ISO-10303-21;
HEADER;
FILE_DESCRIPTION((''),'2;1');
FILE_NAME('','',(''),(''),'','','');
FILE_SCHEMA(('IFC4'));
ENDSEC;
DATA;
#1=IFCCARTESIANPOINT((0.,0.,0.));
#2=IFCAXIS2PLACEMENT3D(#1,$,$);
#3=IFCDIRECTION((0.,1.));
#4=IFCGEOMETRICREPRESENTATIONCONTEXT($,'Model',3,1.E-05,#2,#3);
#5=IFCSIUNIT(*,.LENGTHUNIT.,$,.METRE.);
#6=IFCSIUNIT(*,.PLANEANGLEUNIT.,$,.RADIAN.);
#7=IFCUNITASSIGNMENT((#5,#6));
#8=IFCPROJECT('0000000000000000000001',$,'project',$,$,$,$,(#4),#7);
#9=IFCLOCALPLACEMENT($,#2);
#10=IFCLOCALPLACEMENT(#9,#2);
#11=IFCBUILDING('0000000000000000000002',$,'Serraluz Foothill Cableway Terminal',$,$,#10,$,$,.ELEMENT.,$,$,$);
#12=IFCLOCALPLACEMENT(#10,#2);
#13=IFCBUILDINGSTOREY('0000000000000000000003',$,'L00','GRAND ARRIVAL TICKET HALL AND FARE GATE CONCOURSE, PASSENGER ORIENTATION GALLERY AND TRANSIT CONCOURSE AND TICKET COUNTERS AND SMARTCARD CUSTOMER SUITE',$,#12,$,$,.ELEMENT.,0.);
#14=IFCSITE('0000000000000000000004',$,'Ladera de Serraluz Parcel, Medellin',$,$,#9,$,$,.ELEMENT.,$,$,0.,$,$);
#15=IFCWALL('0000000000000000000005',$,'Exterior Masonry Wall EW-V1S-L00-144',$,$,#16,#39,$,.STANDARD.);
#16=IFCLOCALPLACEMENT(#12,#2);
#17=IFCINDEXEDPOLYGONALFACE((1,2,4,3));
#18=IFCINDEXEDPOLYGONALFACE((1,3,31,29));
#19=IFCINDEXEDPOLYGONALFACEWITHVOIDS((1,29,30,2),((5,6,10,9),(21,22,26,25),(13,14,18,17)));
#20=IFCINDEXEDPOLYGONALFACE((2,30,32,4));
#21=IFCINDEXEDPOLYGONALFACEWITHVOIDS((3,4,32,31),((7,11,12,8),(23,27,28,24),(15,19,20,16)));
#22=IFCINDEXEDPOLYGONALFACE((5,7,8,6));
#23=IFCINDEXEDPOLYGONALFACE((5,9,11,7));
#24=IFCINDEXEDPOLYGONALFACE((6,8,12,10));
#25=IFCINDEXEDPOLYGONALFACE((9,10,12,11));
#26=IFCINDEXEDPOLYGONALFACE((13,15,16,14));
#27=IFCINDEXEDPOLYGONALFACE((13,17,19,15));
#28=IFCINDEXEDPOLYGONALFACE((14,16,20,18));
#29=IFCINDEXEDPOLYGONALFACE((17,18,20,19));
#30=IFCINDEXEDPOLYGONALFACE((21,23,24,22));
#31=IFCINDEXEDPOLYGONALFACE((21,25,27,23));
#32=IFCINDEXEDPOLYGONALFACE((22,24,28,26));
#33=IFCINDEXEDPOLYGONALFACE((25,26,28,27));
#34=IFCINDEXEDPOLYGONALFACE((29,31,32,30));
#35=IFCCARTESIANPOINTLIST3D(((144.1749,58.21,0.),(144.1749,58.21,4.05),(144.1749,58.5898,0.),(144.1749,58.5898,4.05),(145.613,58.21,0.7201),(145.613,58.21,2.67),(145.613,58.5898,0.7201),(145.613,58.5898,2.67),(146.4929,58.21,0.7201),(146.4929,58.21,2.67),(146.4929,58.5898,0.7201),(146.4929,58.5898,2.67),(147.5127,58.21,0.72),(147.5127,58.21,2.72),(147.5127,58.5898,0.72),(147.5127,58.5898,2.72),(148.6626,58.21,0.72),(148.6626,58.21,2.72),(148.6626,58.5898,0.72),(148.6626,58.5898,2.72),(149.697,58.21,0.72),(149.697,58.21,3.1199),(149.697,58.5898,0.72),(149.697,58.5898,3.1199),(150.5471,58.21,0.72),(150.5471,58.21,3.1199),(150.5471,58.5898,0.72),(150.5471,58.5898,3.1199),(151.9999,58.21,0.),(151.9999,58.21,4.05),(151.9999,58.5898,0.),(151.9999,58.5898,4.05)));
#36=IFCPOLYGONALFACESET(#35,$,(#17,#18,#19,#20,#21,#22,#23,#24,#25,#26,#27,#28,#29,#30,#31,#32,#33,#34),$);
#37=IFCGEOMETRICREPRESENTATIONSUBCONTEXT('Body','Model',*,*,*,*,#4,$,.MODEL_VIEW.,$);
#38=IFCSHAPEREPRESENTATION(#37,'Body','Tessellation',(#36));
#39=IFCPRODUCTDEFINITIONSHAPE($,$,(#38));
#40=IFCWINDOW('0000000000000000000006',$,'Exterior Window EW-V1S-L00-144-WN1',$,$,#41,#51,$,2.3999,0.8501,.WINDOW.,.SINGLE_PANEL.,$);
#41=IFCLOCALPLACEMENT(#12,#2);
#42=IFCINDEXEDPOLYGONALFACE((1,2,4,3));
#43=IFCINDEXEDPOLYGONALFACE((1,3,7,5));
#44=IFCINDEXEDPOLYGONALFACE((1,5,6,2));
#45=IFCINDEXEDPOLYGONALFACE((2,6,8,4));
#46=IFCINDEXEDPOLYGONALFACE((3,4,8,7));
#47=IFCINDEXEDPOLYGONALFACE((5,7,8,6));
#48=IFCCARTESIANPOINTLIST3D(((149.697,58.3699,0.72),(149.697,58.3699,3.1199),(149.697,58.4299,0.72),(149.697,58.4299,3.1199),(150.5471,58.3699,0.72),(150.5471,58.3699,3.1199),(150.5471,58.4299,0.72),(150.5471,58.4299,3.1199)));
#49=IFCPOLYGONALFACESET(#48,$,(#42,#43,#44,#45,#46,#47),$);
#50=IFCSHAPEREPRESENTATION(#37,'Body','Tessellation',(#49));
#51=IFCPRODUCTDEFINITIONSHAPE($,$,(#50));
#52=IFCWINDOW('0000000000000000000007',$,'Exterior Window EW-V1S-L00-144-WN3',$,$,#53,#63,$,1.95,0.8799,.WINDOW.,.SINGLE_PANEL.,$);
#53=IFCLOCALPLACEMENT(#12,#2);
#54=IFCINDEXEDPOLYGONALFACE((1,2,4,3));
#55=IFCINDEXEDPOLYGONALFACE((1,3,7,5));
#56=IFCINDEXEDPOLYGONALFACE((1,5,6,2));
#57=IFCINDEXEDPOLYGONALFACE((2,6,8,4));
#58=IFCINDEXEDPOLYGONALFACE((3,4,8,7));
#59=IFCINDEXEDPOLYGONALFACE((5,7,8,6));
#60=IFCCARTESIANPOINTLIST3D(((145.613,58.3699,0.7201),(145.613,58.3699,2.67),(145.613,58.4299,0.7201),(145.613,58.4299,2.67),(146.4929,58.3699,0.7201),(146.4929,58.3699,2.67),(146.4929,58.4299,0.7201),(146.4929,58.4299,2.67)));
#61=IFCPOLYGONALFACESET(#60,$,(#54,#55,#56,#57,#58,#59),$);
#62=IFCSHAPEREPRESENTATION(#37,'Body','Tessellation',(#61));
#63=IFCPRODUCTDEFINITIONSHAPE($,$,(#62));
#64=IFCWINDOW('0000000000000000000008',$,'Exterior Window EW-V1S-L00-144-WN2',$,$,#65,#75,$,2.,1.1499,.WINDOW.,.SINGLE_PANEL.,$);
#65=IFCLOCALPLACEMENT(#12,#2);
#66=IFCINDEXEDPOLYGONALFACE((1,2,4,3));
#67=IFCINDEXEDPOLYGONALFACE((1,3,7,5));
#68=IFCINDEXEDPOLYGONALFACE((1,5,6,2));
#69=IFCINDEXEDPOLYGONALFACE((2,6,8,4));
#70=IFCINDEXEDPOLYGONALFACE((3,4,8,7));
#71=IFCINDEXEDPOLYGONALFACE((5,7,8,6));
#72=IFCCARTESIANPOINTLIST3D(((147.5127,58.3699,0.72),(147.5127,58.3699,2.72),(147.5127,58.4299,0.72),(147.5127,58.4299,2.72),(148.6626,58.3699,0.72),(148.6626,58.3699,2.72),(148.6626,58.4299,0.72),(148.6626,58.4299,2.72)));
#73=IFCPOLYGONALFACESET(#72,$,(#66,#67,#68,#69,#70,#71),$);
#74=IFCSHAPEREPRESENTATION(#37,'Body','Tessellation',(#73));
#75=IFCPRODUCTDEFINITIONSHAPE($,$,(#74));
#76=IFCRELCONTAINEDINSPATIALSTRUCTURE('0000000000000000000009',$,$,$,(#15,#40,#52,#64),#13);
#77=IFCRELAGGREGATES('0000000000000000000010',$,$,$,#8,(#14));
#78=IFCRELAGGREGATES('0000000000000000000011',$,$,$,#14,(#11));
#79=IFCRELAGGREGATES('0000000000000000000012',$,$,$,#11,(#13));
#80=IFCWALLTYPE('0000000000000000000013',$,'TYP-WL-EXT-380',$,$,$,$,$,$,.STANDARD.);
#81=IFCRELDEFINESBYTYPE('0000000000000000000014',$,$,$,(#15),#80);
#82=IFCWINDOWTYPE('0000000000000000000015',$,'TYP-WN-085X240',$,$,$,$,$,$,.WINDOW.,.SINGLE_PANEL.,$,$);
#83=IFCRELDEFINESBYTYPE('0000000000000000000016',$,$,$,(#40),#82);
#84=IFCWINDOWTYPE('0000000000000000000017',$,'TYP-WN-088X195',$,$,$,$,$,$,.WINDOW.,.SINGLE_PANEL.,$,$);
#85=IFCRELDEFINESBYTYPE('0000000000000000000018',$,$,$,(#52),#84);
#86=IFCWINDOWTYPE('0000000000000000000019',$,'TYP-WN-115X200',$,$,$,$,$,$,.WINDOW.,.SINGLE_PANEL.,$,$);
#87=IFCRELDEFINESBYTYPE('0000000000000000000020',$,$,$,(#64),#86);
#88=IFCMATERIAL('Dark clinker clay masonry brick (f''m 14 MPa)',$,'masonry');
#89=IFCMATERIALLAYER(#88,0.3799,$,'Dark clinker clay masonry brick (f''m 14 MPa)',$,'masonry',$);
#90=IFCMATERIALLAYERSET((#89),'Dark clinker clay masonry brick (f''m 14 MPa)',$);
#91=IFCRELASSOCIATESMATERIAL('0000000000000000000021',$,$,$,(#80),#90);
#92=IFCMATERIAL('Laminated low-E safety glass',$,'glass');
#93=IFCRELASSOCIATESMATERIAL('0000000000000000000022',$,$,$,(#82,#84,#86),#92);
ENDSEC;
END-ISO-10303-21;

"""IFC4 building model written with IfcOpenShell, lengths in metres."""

from ifc_helpers import new_model, si_unit, direction, frame, frame_2d, origin, place, context, subcontext, project, spatial, rectangle, extrude, material, layer, layer_set, type_object, element, fill, save


model = new_model("IFC4")

# Units and contexts
model_context = context("Model", 3, precision=1e-05, world=origin(), true_north=direction((0.0, 1.0)))
body_context = subcontext(model_context, "Body", "Model", "MODEL_VIEW")
ifc_project = project(units=[si_unit("LENGTHUNIT", "METRE"), si_unit("PLANEANGLEUNIT", "RADIAN")], contexts=[model_context])

# Site, building, storey
site_placement = place(None, origin())
site = spatial("IfcSite", under=ifc_project, at=site_placement, Name="Ladera de Serraluz Parcel, Medellin", CompositionType="ELEMENT", RefElevation=0.0)
building_placement = place(site_placement, origin())
building = spatial("IfcBuilding", under=site, at=building_placement, Name="Serraluz Foothill Cableway Terminal", CompositionType="ELEMENT")
storey_placement = place(building_placement, origin())
storey = spatial("IfcBuildingStorey", under=building, at=storey_placement, Name="L00", Description="GRAND ARRIVAL TICKET HALL AND FARE GATE CONCOURSE, PASSENGER ORIENTATION GALLERY AND TRANSIT CONCOURSE AND TICKET COUNTERS AND SMARTCARD CUSTOMER SUITE", CompositionType="ELEMENT", Elevation=0.0)

# Shared definitions
ifc_material_1 = material(Name="Dark clinker clay masonry brick (f'm 14 MPa)", Category="masonry")

# Wall, openings, windows
ifc_layer = layer(ifc_material_1, 0.3799, Name="Dark clinker clay masonry brick (f'm 14 MPa)", Category="masonry")
ifc_layer_set = layer_set([ifc_layer], Name="Dark clinker clay masonry brick (f'm 14 MPa)")
wall_type = type_object("IfcWallType", Name="TYP-WL-EXT-380", PredefinedType="STANDARD", material=ifc_layer_set)
wall_placement = place(storey_placement, frame((152.0, 58.3999, 0.0), z_axis=(0.0, 0.0, 1.0), x_axis=(-1.0, 0.0, 0.0)))
wall = element("IfcWall", 1, at=wall_placement, inside=storey, type_object=wall_type, Name="Exterior Masonry Wall EW-V1S-L00-144", PredefinedType="STANDARD", context=body_context, shape_type="SweptSolid", body=[
    extrude(rectangle(XDim=7.825, YDim=0.3799, at=frame_2d((3.9126, 0.0))), origin(), (0.0, 0.0, 1.0), 4.05),
])
opening_1_placement = place(wall_placement, frame((1.4529, 0.0, 0.72)))
opening_1 = element("IfcOpeningElement", 2, at=opening_1_placement, cuts=wall, PredefinedType="OPENING", context=body_context, shape_type="SweptSolid", body=[
    extrude(rectangle(XDim=0.8501, YDim=2.3999, at=frame_2d((0.425, 1.2))), frame((0.0, 0.2, 0.0), z_axis=(0.0, -1.0, 0.0), x_axis=(1.0, 0.0, 0.0)), (0.0, 0.0, 1.0), 0.3999),
])
opening_2_placement = place(wall_placement, frame((3.3374, 0.0, 0.72)))
opening_2 = element("IfcOpeningElement", 3, at=opening_2_placement, cuts=wall, PredefinedType="OPENING", context=body_context, shape_type="SweptSolid", body=[
    extrude(rectangle(XDim=1.1499, YDim=2.0, at=frame_2d((0.575, 1.0))), frame((0.0, 0.2, 0.0), z_axis=(0.0, -1.0, 0.0), x_axis=(1.0, 0.0, 0.0)), (0.0, 0.0, 1.0), 0.3999),
])
opening_3_placement = place(wall_placement, frame((5.5071, 0.0, 0.72)))
opening_3 = element("IfcOpeningElement", 4, at=opening_3_placement, cuts=wall, PredefinedType="OPENING", context=body_context, shape_type="SweptSolid", body=[
    extrude(rectangle(XDim=0.8799, YDim=1.95, at=frame_2d((0.4399, 0.9751))), frame((0.0, 0.2, 0.0), z_axis=(0.0, -1.0, 0.0), x_axis=(1.0, 0.0, 0.0)), (0.0, 0.0, 1.0), 0.3999),
])
ifc_material_2 = material(Name="Laminated low-E safety glass", Category="glass")
window_type_1 = type_object("IfcWindowType", Name="TYP-WN-085X240", PartitioningType="SINGLE_PANEL", PredefinedType="WINDOW", material=ifc_material_2)
window_1_placement = place(opening_1_placement, origin())
window_1 = element("IfcWindow", 5, at=window_1_placement, inside=storey, type_object=window_type_1, Name="Exterior Window EW-V1S-L00-144-WN1", OverallHeight=2.3999, OverallWidth=0.8501, PartitioningType="SINGLE_PANEL", PredefinedType="WINDOW", context=body_context, shape_type="SweptSolid", body=[
    extrude(rectangle(XDim=0.8501, YDim=2.3999, at=frame_2d((0.425, 1.2))), frame((0.0, 0.03, 0.0), z_axis=(0.0, -1.0, 0.0), x_axis=(1.0, 0.0, 0.0)), (0.0, 0.0, 1.0), 0.0601),
])
fill(opening_1, window_1)
window_type_2 = type_object("IfcWindowType", Name="TYP-WN-088X195", PartitioningType="SINGLE_PANEL", PredefinedType="WINDOW", material=ifc_material_2)
window_2_placement = place(opening_3_placement, origin())
window_2 = element("IfcWindow", 6, at=window_2_placement, inside=storey, type_object=window_type_2, Name="Exterior Window EW-V1S-L00-144-WN3", OverallHeight=1.95, OverallWidth=0.8799, PartitioningType="SINGLE_PANEL", PredefinedType="WINDOW", context=body_context, shape_type="SweptSolid", body=[
    extrude(rectangle(XDim=0.8799, YDim=1.95, at=frame_2d((0.4399, 0.9751))), frame((0.0, 0.03, 0.0), z_axis=(0.0, -1.0, 0.0), x_axis=(1.0, 0.0, 0.0)), (0.0, 0.0, 1.0), 0.0601),
])
fill(opening_3, window_2)
window_type_3 = type_object("IfcWindowType", Name="TYP-WN-115X200", PartitioningType="SINGLE_PANEL", PredefinedType="WINDOW", material=ifc_material_2)
window_3_placement = place(opening_2_placement, origin())
window_3 = element("IfcWindow", 7, at=window_3_placement, inside=storey, type_object=window_type_3, Name="Exterior Window EW-V1S-L00-144-WN2", OverallHeight=2.0, OverallWidth=1.1499, PartitioningType="SINGLE_PANEL", PredefinedType="WINDOW", context=body_context, shape_type="SweptSolid", body=[
    extrude(rectangle(XDim=1.1499, YDim=2.0, at=frame_2d((0.575, 1.0))), frame((0.0, 0.03, 0.0), z_axis=(0.0, -1.0, 0.0), x_axis=(1.0, 0.0, 0.0)), (0.0, 0.0, 1.0), 0.0601),
])
fill(opening_2, window_3)

save(model, "model.ifc")
